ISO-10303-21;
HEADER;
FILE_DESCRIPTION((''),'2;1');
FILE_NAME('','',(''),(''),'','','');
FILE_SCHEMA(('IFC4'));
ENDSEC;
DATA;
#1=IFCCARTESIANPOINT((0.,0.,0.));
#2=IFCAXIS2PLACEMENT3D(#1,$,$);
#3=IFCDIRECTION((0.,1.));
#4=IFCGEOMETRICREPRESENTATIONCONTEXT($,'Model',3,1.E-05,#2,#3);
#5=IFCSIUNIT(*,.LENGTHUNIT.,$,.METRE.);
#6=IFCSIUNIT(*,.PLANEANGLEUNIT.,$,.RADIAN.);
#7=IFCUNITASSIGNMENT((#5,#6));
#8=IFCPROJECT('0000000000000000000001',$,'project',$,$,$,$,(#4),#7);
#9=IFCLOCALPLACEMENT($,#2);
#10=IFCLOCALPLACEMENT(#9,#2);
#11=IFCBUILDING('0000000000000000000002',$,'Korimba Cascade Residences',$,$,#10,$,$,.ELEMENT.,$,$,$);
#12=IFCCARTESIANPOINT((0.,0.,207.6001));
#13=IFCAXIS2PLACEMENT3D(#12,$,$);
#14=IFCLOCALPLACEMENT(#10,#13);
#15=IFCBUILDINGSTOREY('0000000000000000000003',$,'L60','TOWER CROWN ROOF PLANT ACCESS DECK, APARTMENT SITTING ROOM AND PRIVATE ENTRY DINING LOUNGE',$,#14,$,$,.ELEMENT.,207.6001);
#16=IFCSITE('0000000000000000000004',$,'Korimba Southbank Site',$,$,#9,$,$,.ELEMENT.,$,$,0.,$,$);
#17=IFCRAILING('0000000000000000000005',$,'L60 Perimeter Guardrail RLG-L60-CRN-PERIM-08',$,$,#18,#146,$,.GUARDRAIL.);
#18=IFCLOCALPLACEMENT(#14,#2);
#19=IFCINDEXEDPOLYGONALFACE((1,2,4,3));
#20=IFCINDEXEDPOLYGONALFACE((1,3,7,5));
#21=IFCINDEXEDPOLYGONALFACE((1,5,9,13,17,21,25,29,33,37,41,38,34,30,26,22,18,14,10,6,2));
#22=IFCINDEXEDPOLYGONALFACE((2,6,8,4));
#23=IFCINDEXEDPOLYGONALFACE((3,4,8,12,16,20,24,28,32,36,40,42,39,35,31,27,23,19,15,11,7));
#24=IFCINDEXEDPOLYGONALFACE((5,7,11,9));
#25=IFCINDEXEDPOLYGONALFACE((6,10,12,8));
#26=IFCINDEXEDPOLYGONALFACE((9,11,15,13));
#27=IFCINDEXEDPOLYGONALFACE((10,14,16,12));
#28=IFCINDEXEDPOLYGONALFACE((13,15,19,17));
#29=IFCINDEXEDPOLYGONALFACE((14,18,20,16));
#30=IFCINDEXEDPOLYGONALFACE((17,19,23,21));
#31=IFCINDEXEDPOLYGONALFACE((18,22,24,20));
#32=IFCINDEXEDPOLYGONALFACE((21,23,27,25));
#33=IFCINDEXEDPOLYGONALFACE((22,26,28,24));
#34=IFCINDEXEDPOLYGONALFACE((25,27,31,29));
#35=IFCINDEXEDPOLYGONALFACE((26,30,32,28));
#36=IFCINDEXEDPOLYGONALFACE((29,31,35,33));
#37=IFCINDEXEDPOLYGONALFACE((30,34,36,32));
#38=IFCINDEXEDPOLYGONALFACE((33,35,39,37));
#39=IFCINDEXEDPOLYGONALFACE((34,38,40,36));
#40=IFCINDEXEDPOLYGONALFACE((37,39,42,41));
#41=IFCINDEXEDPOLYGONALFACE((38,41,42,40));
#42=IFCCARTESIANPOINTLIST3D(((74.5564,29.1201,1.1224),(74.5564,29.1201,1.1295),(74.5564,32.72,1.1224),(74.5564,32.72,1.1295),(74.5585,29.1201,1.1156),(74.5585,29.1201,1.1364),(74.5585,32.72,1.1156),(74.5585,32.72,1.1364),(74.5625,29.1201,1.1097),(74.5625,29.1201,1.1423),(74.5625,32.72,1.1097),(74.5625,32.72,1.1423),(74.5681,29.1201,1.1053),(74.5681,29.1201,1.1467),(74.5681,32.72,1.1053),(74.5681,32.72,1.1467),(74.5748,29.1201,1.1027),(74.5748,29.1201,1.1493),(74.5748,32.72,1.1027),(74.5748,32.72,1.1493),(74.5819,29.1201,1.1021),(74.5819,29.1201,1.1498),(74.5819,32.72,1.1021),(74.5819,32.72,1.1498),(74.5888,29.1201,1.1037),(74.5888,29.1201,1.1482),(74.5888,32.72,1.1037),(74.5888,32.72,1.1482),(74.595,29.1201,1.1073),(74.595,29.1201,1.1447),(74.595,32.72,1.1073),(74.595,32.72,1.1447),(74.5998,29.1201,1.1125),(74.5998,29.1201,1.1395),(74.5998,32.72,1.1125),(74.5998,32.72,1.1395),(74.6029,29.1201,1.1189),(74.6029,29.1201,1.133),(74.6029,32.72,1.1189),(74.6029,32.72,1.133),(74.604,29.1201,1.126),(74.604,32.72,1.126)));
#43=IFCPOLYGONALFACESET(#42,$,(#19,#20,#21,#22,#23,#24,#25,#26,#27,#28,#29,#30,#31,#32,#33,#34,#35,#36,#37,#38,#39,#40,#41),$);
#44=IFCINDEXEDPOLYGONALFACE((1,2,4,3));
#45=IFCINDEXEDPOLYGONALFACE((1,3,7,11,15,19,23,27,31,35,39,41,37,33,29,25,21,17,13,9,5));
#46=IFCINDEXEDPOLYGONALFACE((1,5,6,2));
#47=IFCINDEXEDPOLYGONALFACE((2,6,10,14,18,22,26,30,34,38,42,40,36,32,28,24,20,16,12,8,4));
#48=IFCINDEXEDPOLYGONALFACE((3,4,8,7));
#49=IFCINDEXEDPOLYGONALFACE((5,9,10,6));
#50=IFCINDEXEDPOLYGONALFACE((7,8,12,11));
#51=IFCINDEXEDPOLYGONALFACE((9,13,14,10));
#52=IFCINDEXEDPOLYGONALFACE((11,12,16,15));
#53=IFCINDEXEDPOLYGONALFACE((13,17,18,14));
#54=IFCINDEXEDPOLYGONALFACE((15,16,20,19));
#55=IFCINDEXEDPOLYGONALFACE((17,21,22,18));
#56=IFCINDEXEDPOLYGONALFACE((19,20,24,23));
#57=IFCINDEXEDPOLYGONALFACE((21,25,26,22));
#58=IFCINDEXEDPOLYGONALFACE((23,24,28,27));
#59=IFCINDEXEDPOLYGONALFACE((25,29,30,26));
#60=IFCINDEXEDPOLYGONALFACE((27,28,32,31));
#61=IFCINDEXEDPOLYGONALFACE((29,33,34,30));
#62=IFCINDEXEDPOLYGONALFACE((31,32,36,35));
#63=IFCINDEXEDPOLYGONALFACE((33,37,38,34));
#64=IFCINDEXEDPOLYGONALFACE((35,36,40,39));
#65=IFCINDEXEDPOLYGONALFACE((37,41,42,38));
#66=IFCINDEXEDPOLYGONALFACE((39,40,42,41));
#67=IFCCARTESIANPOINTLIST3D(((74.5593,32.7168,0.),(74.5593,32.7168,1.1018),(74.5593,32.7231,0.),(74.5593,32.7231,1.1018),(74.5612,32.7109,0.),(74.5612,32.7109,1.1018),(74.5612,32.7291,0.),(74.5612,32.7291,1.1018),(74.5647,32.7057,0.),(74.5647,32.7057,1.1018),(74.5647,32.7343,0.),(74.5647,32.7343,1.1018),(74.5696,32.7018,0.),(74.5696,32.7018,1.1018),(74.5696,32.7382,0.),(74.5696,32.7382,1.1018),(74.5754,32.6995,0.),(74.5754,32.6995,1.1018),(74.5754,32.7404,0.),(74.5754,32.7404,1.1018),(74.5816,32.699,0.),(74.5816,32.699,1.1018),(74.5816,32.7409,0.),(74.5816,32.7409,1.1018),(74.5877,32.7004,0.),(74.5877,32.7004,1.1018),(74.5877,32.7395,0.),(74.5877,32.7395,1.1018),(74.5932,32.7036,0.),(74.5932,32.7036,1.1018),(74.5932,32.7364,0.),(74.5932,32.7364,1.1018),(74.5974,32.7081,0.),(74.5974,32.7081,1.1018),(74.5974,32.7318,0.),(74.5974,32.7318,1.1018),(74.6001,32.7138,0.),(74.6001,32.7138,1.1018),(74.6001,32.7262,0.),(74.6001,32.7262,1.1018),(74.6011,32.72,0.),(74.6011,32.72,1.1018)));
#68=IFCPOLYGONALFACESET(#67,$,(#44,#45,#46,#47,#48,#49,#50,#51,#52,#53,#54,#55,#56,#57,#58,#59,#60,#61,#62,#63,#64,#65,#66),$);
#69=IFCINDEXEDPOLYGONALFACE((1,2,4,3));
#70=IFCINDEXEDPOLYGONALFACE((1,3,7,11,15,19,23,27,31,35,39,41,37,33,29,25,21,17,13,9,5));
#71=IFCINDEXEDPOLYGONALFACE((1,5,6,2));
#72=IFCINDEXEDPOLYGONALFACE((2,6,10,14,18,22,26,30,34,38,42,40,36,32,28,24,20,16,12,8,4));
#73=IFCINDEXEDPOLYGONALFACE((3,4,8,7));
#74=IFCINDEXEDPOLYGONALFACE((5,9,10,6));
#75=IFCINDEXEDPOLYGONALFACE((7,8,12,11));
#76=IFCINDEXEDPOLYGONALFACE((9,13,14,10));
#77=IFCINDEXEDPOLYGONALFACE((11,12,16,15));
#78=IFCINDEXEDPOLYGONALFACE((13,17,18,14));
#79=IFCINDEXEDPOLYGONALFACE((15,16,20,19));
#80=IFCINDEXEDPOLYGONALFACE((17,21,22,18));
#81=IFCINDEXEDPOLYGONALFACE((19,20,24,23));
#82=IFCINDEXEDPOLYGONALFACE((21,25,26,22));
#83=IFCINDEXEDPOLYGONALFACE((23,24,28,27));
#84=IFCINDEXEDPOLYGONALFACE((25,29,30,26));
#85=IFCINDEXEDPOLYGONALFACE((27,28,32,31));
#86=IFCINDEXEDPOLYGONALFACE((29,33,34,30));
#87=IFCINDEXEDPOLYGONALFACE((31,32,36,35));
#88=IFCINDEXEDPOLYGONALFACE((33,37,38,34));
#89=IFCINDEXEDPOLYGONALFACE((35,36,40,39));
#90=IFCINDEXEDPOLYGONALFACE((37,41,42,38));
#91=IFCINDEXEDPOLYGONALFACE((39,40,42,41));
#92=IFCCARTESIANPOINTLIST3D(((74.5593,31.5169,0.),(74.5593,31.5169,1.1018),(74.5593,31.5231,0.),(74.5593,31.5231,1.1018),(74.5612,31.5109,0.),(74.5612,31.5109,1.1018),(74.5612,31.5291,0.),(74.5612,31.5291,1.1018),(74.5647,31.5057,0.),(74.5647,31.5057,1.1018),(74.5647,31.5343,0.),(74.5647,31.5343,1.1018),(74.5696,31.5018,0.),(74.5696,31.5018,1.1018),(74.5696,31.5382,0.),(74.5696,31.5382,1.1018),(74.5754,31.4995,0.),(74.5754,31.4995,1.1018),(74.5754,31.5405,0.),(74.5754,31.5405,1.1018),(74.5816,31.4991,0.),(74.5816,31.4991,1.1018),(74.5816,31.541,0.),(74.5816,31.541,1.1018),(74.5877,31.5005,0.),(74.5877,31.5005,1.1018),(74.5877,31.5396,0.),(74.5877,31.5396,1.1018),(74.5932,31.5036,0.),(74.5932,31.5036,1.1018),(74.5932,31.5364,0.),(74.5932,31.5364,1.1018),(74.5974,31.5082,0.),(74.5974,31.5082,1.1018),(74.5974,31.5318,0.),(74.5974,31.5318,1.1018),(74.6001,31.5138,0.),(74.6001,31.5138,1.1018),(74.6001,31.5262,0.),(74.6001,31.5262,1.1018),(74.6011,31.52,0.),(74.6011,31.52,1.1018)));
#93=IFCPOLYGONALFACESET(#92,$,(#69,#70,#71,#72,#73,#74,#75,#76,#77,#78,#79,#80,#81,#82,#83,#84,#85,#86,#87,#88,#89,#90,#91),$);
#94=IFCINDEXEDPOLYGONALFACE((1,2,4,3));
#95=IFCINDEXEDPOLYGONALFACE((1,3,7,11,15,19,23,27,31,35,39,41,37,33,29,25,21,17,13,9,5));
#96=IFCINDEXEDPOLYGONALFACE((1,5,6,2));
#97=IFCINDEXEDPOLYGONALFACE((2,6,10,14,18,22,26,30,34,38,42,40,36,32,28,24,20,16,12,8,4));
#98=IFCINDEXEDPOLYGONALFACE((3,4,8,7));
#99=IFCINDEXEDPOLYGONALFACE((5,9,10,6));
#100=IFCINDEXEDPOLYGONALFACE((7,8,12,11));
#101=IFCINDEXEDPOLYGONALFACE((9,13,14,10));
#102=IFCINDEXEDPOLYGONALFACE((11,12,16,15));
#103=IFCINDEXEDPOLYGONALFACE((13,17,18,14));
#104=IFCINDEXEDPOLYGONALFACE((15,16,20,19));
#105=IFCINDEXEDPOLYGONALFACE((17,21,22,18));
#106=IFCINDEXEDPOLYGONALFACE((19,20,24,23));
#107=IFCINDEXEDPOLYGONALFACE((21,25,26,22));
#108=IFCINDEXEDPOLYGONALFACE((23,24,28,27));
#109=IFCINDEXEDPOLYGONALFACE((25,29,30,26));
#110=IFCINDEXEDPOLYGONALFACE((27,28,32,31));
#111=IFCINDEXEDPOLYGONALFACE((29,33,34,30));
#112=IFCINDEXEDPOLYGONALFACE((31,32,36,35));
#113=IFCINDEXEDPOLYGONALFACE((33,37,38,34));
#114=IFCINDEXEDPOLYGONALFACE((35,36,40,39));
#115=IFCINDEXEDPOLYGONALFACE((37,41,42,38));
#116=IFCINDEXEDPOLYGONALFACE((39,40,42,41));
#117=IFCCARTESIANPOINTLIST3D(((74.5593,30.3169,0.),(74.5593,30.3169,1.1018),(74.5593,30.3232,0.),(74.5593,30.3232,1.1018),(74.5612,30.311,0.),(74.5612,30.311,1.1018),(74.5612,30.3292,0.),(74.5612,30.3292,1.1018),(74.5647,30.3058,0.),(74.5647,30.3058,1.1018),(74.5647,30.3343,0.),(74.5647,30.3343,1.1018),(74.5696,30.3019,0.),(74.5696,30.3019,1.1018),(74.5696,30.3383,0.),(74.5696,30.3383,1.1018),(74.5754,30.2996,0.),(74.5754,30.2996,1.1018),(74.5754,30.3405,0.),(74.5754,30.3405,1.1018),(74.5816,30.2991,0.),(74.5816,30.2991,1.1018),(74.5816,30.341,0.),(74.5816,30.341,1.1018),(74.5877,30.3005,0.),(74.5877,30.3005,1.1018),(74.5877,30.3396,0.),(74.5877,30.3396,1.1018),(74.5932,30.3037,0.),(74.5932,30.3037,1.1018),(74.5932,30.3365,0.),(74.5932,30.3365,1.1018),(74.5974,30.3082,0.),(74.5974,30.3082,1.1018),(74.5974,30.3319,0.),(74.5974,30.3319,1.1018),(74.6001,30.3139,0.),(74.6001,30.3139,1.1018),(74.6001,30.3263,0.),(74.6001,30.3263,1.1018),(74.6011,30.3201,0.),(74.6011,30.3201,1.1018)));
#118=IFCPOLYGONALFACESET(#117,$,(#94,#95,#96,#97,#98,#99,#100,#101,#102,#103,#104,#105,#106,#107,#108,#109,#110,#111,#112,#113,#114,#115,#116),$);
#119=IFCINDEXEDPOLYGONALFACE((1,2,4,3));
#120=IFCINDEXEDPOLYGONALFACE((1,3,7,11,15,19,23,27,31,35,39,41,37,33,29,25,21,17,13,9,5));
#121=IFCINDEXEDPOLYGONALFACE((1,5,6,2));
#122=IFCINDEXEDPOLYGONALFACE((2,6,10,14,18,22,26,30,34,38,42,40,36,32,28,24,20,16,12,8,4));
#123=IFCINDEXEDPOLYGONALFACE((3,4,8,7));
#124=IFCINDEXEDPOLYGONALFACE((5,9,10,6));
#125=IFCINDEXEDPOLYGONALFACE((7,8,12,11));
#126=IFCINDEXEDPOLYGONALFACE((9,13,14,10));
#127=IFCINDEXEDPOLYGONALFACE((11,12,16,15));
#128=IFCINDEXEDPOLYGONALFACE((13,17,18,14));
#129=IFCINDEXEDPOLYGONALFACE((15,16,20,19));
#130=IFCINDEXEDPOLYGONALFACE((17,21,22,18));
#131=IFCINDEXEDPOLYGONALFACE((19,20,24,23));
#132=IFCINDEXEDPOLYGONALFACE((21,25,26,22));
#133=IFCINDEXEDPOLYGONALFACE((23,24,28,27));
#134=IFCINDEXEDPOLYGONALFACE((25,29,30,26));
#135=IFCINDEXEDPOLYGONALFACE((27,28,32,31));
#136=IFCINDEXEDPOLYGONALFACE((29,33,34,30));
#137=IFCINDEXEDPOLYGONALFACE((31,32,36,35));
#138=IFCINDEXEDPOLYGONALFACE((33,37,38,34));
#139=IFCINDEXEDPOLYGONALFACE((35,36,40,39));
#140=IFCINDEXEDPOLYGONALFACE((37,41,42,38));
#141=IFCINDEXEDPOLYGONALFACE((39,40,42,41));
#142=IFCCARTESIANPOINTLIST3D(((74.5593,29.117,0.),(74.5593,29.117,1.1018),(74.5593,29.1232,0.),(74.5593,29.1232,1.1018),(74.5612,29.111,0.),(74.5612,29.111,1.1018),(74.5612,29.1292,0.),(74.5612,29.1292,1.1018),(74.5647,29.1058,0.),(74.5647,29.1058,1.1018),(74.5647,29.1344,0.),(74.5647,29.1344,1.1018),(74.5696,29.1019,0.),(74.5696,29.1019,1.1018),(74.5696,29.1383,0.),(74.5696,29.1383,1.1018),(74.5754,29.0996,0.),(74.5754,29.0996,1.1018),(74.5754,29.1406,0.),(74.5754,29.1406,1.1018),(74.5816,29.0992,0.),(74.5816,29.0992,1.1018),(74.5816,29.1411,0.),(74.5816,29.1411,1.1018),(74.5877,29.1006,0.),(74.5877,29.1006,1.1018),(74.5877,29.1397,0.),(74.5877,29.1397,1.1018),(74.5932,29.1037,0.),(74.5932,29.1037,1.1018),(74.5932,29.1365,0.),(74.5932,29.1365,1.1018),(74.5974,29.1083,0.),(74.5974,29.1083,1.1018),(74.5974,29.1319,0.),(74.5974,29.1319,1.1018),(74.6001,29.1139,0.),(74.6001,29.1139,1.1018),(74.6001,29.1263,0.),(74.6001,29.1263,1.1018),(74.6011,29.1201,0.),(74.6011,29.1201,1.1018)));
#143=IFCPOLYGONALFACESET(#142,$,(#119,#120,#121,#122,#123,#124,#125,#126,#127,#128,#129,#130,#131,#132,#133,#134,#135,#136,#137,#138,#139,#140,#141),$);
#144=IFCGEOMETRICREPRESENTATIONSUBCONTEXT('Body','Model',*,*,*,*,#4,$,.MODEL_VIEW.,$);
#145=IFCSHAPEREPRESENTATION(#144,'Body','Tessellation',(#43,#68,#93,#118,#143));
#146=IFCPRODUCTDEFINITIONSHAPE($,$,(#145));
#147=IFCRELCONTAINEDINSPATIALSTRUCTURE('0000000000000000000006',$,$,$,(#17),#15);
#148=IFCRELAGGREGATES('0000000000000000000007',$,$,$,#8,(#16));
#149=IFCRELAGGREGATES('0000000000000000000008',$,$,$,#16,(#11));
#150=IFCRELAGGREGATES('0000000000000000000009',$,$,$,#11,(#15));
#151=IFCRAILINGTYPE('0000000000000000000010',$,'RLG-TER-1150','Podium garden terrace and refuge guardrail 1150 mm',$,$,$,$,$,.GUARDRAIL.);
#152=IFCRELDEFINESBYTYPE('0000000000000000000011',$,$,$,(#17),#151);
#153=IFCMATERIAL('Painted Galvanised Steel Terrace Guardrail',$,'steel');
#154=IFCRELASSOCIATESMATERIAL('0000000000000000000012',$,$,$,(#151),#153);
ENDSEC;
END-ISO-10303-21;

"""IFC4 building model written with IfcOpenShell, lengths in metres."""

from ifc_helpers import new_model, si_unit, direction, frame, origin, origin_2d, place, context, subcontext, project, spatial, circle, extrude, material, type_object, element, save


model = new_model("IFC4")

# Units and contexts
model_context = context("Model", 3, precision=1e-05, world=origin(), true_north=direction((0.0, 1.0)))
body_context = subcontext(model_context, "Body", "Model", "MODEL_VIEW")
ifc_project = project(units=[si_unit("LENGTHUNIT", "METRE"), si_unit("PLANEANGLEUNIT", "RADIAN")], contexts=[model_context])

# Site, building, storey
site_placement = place(None, origin())
site = spatial("IfcSite", under=ifc_project, at=site_placement, Name="Korimba Southbank Site", CompositionType="ELEMENT", RefElevation=0.0)
building_placement = place(site_placement, origin())
building = spatial("IfcBuilding", under=site, at=building_placement, Name="Korimba Cascade Residences", CompositionType="ELEMENT")
storey_placement = place(building_placement, frame((0.0, 0.0, 207.6001)))
storey = spatial("IfcBuildingStorey", under=building, at=storey_placement, Name="L60", Description="TOWER CROWN ROOF PLANT ACCESS DECK, APARTMENT SITTING ROOM AND PRIVATE ENTRY DINING LOUNGE", CompositionType="ELEMENT", Elevation=207.6001)

# Railing
ifc_material_1 = material(Name="Painted Galvanised Steel Terrace Guardrail", Category="steel")
railing_type = type_object("IfcRailingType", Name="RLG-TER-1150", Description="Podium garden terrace and refuge guardrail 1150 mm", PredefinedType="GUARDRAIL", material=ifc_material_1)
railing_placement = place(storey_placement, frame((74.5801, 32.72, 0.0)))
element("IfcRailing", 1, at=railing_placement, inside=storey, type_object=railing_type, Name="L60 Perimeter Guardrail RLG-L60-CRN-PERIM-08", PredefinedType="GUARDRAIL", context=body_context, shape_type="SweptSolid", body=[
    extrude(circle(Radius=0.0239, at=origin_2d()), frame((0.0, 0.0, 1.126), z_axis=(0.0, -1.0, 0.0), x_axis=(1.0, 0.0, 0.0)), (0.0, 0.0, 1.0), 3.5999),
    extrude(circle(Radius=0.021, at=origin_2d()), origin(), (0.0, 0.0, 1.0), 1.1018),
    extrude(circle(Radius=0.021, at=origin_2d()), frame((0.0, -1.2, 0.0)), (0.0, 0.0, 1.0), 1.1018),
    extrude(circle(Radius=0.021, at=origin_2d()), frame((0.0, -2.3999, 0.0)), (0.0, 0.0, 1.0), 1.1018),
    extrude(circle(Radius=0.021, at=origin_2d()), frame((0.0, -3.5999, 0.0)), (0.0, 0.0, 1.0), 1.1018),
])

save(model, "model.ifc")
